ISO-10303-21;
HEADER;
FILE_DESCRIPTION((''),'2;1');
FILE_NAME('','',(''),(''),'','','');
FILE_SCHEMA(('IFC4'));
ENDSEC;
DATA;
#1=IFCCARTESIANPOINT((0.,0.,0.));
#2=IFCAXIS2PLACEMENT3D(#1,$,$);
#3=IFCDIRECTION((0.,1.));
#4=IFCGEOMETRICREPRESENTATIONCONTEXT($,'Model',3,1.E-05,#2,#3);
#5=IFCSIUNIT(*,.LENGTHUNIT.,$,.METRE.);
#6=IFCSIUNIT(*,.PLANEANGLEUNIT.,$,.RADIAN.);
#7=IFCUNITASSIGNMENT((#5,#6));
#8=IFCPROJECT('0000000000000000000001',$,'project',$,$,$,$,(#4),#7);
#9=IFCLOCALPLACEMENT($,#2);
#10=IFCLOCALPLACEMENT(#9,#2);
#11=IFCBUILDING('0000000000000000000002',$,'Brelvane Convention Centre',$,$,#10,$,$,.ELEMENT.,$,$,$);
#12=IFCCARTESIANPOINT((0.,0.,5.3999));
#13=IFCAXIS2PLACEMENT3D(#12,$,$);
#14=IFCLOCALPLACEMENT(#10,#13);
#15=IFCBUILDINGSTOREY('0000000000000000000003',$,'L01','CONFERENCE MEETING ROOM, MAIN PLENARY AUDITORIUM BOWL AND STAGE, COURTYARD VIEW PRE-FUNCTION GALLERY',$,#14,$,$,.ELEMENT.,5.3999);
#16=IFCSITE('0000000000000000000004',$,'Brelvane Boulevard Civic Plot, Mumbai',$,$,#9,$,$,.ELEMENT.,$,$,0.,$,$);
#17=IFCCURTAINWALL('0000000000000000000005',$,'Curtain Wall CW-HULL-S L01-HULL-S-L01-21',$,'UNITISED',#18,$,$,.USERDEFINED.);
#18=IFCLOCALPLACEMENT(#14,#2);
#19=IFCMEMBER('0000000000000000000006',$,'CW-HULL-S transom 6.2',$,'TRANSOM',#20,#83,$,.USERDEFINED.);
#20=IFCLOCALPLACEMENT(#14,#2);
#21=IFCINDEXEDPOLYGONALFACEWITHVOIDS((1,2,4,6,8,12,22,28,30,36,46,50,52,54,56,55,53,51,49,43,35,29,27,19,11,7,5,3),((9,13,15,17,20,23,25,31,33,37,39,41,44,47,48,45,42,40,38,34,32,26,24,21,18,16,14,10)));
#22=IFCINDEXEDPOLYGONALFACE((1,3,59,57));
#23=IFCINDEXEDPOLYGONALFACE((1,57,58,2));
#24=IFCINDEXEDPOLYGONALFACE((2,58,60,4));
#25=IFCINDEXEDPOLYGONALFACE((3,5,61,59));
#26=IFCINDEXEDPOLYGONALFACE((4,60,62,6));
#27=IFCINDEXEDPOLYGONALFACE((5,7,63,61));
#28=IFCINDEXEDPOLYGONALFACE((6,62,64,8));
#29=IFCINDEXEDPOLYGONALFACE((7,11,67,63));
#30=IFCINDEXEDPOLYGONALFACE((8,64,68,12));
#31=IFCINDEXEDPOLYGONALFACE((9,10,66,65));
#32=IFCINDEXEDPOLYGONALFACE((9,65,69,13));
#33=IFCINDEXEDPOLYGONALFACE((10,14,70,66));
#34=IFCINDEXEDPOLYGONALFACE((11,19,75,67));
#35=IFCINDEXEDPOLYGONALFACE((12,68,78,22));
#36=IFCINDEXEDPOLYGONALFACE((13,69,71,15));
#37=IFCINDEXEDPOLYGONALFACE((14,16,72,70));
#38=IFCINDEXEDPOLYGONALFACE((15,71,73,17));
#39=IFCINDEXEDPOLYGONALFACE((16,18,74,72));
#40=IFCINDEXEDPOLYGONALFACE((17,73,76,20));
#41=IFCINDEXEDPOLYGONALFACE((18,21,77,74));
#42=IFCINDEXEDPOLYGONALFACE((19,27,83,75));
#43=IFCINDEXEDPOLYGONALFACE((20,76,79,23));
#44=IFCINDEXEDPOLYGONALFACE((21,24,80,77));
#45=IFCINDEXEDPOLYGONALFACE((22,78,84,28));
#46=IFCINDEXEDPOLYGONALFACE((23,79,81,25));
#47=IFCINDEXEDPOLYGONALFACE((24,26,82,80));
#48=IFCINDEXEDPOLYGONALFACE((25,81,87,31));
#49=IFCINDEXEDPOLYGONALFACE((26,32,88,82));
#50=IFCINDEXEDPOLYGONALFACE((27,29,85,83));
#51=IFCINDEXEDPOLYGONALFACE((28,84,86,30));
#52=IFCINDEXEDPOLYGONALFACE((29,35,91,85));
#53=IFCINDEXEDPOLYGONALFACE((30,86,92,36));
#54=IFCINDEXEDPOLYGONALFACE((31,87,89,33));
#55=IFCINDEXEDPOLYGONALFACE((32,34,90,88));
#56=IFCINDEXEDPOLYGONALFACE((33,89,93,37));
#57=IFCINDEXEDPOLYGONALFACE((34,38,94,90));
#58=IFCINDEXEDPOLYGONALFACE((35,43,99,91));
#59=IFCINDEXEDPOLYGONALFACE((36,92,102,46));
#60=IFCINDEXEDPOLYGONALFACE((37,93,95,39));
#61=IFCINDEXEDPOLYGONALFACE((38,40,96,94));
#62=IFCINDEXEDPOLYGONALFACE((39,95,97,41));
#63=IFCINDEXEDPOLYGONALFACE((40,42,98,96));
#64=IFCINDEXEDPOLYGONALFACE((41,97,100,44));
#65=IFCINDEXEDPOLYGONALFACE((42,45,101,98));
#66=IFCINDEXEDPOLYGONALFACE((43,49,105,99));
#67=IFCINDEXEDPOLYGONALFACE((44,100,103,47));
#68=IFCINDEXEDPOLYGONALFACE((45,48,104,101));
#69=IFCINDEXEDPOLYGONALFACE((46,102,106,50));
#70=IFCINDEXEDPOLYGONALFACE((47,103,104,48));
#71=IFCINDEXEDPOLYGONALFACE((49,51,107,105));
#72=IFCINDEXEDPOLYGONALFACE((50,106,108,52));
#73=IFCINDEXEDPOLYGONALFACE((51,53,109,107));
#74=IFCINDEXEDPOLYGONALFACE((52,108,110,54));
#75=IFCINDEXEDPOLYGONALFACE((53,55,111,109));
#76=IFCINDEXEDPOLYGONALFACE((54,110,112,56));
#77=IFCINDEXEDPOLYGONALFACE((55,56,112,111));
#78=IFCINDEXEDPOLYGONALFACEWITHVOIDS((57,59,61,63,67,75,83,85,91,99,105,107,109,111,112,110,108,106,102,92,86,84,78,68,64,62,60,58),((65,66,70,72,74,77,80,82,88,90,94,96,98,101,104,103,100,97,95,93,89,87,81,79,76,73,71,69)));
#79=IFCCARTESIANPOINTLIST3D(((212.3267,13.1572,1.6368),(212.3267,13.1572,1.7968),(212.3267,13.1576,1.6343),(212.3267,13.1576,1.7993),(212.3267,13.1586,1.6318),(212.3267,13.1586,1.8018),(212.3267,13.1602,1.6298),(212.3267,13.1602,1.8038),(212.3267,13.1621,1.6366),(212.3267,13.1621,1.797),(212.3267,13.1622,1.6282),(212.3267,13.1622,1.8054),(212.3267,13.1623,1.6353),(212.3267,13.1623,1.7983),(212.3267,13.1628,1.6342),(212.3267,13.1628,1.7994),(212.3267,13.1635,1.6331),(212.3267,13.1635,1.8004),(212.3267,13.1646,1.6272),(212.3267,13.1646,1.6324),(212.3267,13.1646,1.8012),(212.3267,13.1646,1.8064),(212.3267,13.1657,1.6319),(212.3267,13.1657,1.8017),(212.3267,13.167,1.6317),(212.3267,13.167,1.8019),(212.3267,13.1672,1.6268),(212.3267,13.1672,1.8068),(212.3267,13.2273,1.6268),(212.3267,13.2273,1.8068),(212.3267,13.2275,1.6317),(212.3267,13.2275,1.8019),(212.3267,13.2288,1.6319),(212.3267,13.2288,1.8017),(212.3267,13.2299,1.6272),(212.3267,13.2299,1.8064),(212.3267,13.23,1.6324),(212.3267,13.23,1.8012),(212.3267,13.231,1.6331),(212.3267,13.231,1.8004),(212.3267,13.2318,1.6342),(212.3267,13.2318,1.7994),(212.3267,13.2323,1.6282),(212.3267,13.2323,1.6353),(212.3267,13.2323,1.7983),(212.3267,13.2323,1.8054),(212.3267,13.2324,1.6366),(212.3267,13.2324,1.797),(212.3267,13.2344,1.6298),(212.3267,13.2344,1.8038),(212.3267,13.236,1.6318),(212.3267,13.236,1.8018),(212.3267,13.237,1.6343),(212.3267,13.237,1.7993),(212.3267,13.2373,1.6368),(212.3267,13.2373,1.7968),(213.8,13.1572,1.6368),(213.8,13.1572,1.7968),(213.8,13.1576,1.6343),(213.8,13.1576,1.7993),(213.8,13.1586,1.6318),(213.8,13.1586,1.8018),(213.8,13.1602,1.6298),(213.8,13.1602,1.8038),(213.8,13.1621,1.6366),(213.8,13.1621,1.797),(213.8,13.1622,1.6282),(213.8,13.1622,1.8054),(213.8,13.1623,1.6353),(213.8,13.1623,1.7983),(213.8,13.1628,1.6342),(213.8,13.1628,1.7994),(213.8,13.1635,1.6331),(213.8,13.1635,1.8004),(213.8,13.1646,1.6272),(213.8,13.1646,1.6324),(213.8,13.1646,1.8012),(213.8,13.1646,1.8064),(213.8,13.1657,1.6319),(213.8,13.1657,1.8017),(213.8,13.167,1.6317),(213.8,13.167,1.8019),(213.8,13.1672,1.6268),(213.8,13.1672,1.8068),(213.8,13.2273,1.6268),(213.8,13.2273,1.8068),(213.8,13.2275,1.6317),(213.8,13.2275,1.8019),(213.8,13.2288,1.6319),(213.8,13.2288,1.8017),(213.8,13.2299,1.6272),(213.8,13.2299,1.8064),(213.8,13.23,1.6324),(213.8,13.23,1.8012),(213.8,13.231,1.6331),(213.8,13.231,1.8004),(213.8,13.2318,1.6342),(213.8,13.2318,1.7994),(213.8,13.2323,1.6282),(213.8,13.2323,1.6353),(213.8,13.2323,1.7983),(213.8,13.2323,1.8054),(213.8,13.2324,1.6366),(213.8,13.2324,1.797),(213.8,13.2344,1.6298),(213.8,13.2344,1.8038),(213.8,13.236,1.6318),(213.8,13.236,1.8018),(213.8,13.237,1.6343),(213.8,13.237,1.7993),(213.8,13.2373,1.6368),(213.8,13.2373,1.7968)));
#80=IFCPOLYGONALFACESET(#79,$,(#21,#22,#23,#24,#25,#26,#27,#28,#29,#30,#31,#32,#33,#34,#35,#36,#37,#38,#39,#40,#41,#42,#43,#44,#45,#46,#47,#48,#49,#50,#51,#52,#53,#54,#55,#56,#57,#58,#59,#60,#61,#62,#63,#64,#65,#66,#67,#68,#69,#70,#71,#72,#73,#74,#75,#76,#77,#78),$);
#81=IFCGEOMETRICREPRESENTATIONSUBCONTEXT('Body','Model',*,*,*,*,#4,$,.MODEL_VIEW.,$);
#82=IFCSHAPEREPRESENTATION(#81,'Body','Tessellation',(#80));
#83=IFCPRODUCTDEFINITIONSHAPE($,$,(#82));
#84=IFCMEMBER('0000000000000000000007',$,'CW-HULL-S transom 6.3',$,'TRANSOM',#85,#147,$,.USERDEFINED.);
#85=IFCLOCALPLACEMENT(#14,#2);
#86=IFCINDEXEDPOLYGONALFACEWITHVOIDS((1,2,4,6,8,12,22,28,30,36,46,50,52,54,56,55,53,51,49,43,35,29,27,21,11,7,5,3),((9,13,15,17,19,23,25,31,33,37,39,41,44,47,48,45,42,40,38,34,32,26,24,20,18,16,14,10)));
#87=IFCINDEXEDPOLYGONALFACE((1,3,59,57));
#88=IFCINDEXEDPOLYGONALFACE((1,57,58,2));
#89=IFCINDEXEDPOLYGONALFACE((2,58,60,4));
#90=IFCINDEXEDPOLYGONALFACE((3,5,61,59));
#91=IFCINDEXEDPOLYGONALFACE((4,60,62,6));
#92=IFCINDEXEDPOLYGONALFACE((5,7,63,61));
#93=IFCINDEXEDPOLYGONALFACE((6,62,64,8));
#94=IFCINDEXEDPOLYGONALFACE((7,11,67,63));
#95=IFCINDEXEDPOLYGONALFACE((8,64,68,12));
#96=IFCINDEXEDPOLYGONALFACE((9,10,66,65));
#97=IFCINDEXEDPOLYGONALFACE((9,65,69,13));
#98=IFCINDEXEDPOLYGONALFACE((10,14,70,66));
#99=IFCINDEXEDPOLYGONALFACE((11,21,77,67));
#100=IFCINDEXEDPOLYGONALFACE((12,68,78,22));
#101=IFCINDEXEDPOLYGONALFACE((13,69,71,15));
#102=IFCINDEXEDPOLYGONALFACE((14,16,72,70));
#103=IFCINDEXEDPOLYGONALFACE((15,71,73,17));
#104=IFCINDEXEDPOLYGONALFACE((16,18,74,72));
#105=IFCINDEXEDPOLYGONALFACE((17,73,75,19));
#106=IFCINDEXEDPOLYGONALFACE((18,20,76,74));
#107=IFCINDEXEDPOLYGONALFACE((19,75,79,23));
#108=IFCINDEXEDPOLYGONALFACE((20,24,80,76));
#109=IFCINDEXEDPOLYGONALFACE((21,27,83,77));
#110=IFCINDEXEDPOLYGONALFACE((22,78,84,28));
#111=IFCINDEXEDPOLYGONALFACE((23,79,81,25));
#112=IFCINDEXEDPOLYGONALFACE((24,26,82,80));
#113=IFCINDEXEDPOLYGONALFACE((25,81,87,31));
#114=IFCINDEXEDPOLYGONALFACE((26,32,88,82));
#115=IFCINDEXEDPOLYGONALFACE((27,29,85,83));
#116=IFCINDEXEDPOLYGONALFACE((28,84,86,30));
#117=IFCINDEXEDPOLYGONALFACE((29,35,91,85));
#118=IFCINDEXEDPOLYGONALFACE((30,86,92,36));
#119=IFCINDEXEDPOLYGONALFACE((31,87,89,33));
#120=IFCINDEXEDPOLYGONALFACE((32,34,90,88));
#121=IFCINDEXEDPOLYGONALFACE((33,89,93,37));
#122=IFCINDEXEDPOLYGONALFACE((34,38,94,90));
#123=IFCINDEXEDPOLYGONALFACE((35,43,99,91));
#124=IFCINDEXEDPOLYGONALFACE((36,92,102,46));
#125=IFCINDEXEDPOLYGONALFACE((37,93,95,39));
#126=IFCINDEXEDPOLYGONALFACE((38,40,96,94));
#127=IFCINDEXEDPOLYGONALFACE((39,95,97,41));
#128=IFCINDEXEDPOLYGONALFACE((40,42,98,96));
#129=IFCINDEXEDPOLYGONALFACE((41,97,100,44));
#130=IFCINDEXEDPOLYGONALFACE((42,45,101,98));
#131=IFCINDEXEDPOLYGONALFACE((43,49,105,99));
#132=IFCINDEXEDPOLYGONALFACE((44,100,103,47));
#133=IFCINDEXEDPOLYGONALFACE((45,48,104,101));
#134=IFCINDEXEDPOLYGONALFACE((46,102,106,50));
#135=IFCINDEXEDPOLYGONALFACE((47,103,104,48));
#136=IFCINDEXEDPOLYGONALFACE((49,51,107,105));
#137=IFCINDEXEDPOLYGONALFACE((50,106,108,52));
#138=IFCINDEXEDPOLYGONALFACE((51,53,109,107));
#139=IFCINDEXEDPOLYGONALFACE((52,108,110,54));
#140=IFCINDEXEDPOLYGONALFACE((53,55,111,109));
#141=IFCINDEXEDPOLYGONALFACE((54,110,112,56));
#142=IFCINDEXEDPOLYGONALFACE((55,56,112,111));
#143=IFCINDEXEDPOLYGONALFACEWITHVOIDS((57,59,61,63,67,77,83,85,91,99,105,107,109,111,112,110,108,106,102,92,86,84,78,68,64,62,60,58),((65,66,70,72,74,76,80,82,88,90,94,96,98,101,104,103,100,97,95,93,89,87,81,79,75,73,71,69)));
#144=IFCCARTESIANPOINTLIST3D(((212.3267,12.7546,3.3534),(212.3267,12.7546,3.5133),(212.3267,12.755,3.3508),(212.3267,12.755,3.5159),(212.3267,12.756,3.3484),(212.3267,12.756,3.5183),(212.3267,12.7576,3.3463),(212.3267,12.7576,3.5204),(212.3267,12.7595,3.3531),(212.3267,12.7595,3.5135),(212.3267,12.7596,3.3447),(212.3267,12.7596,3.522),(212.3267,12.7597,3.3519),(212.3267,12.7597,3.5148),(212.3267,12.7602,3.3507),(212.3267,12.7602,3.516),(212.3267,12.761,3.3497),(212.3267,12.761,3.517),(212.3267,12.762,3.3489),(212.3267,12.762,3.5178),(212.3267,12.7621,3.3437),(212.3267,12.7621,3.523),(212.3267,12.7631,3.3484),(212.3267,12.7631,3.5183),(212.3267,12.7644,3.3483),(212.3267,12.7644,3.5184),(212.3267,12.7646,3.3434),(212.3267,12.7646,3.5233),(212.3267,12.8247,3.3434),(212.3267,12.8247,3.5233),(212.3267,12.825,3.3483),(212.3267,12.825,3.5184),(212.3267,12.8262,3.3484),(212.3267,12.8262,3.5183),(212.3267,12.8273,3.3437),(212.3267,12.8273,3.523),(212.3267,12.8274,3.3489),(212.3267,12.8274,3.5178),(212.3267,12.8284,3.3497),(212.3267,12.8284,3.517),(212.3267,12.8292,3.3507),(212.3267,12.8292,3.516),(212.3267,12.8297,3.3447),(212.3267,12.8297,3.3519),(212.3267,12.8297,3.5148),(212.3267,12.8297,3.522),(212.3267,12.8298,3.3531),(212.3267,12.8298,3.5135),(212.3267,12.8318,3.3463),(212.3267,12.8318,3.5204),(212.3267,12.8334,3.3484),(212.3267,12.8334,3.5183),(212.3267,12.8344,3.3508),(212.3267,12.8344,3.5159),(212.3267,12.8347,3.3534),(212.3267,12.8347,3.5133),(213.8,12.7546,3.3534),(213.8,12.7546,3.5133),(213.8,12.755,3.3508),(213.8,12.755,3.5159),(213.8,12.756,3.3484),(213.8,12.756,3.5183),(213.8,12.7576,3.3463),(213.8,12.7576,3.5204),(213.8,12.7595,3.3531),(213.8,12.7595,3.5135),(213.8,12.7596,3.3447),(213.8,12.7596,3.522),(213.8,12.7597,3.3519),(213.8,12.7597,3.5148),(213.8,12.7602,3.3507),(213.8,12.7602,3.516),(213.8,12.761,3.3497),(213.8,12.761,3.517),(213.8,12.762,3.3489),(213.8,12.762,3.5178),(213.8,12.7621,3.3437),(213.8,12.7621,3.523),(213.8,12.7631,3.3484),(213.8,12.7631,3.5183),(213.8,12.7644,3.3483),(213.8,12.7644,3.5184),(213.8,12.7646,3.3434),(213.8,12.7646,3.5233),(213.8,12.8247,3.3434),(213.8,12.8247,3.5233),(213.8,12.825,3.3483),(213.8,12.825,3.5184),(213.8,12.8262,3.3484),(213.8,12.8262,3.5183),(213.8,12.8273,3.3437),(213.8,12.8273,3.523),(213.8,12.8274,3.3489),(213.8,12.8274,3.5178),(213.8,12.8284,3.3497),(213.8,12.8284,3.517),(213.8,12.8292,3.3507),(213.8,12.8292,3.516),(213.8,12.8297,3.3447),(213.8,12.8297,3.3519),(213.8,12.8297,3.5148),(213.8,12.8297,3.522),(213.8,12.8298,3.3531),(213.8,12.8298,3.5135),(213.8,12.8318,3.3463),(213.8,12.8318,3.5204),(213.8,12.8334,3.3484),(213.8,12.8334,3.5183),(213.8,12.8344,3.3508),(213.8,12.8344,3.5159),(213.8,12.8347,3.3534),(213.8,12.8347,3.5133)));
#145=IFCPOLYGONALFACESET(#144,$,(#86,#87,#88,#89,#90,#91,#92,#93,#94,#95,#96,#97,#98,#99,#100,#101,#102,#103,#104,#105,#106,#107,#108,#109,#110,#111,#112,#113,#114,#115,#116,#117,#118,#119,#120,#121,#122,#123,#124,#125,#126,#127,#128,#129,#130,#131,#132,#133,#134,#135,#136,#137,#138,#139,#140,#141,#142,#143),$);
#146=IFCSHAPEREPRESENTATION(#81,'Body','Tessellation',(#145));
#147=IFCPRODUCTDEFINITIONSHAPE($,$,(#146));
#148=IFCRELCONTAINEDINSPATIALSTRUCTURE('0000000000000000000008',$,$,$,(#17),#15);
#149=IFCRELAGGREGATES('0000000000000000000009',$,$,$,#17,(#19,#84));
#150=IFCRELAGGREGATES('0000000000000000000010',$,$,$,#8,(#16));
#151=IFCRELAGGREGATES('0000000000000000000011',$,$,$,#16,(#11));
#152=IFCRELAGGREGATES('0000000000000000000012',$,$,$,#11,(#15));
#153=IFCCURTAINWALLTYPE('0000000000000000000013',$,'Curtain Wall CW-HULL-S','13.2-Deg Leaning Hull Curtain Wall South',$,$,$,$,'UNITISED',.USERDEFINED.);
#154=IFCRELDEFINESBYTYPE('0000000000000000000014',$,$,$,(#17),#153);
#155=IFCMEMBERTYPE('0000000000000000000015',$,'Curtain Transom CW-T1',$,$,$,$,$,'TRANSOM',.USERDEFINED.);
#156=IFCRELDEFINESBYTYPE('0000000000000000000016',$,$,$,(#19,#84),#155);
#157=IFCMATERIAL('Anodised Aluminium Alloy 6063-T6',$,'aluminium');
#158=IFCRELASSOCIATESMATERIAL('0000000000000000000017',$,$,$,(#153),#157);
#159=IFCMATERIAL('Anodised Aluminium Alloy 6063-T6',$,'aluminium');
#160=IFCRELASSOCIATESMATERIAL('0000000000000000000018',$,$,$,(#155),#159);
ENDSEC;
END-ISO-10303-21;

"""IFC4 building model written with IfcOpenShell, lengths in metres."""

from ifc_helpers import new_model, si_unit, direction, frame, origin, origin_2d, place, context, subcontext, project, spatial, hollow_rectangle, extrude, material, material_profile, profile_set, type_object, element, aggregate, save


model = new_model("IFC4")

# Units and contexts
model_context = context("Model", 3, precision=1e-05, world=origin(), true_north=direction((0.0, 1.0)))
body_context = subcontext(model_context, "Body", "Model", "MODEL_VIEW")
ifc_project = project(units=[si_unit("LENGTHUNIT", "METRE"), si_unit("PLANEANGLEUNIT", "RADIAN")], contexts=[model_context])

# Site, building, storey
site_placement = place(None, origin())
site = spatial("IfcSite", under=ifc_project, at=site_placement, Name="Brelvane Boulevard Civic Plot, Mumbai", CompositionType="ELEMENT", RefElevation=0.0)
building_placement = place(site_placement, origin())
building = spatial("IfcBuilding", under=site, at=building_placement, Name="Brelvane Convention Centre", CompositionType="ELEMENT")
storey_placement = place(building_placement, frame((0.0, 0.0, 5.3999)))
storey = spatial("IfcBuildingStorey", under=building, at=storey_placement, Name="L01", Description="CONFERENCE MEETING ROOM, MAIN PLENARY AUDITORIUM BOWL AND STAGE, COURTYARD VIEW PRE-FUNCTION GALLERY", CompositionType="ELEMENT", Elevation=5.3999)

# Curtain wall, members
ifc_material_1 = material(Name="Anodised Aluminium Alloy 6063-T6", Category="aluminium")
curtain_wall_type = type_object("IfcCurtainWallType", Name="Curtain Wall CW-HULL-S", Description="13.2-Deg Leaning Hull Curtain Wall South", ElementType="UNITISED", PredefinedType="USERDEFINED", material=ifc_material_1)
curtain_wall_placement = place(storey_placement, origin())
curtain_wall = element("IfcCurtainWall", 1, at=curtain_wall_placement, inside=storey, type_object=curtain_wall_type, Name="Curtain Wall CW-HULL-S L01-HULL-S-L01-21", ObjectType="UNITISED", PredefinedType="USERDEFINED")
ifc_material_2 = material(Name="Anodised Aluminium Alloy 6063-T6", Category="aluminium")
ifc_material_profile = material_profile(ifc_material_2, hollow_rectangle(XDim=0.0801, YDim=0.1799, WallThickness=0.0049, InnerFilletRadius=0.0049, OuterFilletRadius=0.01, at=origin_2d()), Name="ALU-T 180x80x5.0")
ifc_profile_set = profile_set([ifc_material_profile], Name="Anodised Aluminium Alloy 6063-T6")
member_type = type_object("IfcMemberType", Name="Curtain Transom CW-T1", ElementType="TRANSOM", PredefinedType="USERDEFINED", material=ifc_profile_set)
member_1_placement = place(storey_placement, frame((212.3267, 13.1973, 1.7168), z_axis=(1.0, 0.0, 0.0), x_axis=(0.0, 1.0, 0.0)))
member_1 = element("IfcMember", 2, at=member_1_placement, type_object=member_type, Name="CW-HULL-S transom 6.2", ObjectType="TRANSOM", PredefinedType="USERDEFINED", context=body_context, shape_type="SweptSolid", body=[
    extrude(hollow_rectangle(XDim=0.0801, YDim=0.1799, WallThickness=0.0049, InnerFilletRadius=0.0049, OuterFilletRadius=0.01, at=origin_2d()), origin(), (0.0, 0.0, 1.0), 1.4734),
])
member_2_placement = place(storey_placement, frame((212.3267, 12.7947, 3.4333), z_axis=(1.0, 0.0, 0.0), x_axis=(0.0, 1.0, 0.0)))
member_2 = element("IfcMember", 3, at=member_2_placement, type_object=member_type, Name="CW-HULL-S transom 6.3", ObjectType="TRANSOM", PredefinedType="USERDEFINED", context=body_context, shape_type="SweptSolid", body=[
    extrude(hollow_rectangle(XDim=0.0801, YDim=0.1799, WallThickness=0.0049, InnerFilletRadius=0.0049, OuterFilletRadius=0.01, at=origin_2d()), origin(), (0.0, 0.0, 1.0), 1.4734),
])
aggregate(curtain_wall, [member_1, member_2])

save(model, "model.ifc")
